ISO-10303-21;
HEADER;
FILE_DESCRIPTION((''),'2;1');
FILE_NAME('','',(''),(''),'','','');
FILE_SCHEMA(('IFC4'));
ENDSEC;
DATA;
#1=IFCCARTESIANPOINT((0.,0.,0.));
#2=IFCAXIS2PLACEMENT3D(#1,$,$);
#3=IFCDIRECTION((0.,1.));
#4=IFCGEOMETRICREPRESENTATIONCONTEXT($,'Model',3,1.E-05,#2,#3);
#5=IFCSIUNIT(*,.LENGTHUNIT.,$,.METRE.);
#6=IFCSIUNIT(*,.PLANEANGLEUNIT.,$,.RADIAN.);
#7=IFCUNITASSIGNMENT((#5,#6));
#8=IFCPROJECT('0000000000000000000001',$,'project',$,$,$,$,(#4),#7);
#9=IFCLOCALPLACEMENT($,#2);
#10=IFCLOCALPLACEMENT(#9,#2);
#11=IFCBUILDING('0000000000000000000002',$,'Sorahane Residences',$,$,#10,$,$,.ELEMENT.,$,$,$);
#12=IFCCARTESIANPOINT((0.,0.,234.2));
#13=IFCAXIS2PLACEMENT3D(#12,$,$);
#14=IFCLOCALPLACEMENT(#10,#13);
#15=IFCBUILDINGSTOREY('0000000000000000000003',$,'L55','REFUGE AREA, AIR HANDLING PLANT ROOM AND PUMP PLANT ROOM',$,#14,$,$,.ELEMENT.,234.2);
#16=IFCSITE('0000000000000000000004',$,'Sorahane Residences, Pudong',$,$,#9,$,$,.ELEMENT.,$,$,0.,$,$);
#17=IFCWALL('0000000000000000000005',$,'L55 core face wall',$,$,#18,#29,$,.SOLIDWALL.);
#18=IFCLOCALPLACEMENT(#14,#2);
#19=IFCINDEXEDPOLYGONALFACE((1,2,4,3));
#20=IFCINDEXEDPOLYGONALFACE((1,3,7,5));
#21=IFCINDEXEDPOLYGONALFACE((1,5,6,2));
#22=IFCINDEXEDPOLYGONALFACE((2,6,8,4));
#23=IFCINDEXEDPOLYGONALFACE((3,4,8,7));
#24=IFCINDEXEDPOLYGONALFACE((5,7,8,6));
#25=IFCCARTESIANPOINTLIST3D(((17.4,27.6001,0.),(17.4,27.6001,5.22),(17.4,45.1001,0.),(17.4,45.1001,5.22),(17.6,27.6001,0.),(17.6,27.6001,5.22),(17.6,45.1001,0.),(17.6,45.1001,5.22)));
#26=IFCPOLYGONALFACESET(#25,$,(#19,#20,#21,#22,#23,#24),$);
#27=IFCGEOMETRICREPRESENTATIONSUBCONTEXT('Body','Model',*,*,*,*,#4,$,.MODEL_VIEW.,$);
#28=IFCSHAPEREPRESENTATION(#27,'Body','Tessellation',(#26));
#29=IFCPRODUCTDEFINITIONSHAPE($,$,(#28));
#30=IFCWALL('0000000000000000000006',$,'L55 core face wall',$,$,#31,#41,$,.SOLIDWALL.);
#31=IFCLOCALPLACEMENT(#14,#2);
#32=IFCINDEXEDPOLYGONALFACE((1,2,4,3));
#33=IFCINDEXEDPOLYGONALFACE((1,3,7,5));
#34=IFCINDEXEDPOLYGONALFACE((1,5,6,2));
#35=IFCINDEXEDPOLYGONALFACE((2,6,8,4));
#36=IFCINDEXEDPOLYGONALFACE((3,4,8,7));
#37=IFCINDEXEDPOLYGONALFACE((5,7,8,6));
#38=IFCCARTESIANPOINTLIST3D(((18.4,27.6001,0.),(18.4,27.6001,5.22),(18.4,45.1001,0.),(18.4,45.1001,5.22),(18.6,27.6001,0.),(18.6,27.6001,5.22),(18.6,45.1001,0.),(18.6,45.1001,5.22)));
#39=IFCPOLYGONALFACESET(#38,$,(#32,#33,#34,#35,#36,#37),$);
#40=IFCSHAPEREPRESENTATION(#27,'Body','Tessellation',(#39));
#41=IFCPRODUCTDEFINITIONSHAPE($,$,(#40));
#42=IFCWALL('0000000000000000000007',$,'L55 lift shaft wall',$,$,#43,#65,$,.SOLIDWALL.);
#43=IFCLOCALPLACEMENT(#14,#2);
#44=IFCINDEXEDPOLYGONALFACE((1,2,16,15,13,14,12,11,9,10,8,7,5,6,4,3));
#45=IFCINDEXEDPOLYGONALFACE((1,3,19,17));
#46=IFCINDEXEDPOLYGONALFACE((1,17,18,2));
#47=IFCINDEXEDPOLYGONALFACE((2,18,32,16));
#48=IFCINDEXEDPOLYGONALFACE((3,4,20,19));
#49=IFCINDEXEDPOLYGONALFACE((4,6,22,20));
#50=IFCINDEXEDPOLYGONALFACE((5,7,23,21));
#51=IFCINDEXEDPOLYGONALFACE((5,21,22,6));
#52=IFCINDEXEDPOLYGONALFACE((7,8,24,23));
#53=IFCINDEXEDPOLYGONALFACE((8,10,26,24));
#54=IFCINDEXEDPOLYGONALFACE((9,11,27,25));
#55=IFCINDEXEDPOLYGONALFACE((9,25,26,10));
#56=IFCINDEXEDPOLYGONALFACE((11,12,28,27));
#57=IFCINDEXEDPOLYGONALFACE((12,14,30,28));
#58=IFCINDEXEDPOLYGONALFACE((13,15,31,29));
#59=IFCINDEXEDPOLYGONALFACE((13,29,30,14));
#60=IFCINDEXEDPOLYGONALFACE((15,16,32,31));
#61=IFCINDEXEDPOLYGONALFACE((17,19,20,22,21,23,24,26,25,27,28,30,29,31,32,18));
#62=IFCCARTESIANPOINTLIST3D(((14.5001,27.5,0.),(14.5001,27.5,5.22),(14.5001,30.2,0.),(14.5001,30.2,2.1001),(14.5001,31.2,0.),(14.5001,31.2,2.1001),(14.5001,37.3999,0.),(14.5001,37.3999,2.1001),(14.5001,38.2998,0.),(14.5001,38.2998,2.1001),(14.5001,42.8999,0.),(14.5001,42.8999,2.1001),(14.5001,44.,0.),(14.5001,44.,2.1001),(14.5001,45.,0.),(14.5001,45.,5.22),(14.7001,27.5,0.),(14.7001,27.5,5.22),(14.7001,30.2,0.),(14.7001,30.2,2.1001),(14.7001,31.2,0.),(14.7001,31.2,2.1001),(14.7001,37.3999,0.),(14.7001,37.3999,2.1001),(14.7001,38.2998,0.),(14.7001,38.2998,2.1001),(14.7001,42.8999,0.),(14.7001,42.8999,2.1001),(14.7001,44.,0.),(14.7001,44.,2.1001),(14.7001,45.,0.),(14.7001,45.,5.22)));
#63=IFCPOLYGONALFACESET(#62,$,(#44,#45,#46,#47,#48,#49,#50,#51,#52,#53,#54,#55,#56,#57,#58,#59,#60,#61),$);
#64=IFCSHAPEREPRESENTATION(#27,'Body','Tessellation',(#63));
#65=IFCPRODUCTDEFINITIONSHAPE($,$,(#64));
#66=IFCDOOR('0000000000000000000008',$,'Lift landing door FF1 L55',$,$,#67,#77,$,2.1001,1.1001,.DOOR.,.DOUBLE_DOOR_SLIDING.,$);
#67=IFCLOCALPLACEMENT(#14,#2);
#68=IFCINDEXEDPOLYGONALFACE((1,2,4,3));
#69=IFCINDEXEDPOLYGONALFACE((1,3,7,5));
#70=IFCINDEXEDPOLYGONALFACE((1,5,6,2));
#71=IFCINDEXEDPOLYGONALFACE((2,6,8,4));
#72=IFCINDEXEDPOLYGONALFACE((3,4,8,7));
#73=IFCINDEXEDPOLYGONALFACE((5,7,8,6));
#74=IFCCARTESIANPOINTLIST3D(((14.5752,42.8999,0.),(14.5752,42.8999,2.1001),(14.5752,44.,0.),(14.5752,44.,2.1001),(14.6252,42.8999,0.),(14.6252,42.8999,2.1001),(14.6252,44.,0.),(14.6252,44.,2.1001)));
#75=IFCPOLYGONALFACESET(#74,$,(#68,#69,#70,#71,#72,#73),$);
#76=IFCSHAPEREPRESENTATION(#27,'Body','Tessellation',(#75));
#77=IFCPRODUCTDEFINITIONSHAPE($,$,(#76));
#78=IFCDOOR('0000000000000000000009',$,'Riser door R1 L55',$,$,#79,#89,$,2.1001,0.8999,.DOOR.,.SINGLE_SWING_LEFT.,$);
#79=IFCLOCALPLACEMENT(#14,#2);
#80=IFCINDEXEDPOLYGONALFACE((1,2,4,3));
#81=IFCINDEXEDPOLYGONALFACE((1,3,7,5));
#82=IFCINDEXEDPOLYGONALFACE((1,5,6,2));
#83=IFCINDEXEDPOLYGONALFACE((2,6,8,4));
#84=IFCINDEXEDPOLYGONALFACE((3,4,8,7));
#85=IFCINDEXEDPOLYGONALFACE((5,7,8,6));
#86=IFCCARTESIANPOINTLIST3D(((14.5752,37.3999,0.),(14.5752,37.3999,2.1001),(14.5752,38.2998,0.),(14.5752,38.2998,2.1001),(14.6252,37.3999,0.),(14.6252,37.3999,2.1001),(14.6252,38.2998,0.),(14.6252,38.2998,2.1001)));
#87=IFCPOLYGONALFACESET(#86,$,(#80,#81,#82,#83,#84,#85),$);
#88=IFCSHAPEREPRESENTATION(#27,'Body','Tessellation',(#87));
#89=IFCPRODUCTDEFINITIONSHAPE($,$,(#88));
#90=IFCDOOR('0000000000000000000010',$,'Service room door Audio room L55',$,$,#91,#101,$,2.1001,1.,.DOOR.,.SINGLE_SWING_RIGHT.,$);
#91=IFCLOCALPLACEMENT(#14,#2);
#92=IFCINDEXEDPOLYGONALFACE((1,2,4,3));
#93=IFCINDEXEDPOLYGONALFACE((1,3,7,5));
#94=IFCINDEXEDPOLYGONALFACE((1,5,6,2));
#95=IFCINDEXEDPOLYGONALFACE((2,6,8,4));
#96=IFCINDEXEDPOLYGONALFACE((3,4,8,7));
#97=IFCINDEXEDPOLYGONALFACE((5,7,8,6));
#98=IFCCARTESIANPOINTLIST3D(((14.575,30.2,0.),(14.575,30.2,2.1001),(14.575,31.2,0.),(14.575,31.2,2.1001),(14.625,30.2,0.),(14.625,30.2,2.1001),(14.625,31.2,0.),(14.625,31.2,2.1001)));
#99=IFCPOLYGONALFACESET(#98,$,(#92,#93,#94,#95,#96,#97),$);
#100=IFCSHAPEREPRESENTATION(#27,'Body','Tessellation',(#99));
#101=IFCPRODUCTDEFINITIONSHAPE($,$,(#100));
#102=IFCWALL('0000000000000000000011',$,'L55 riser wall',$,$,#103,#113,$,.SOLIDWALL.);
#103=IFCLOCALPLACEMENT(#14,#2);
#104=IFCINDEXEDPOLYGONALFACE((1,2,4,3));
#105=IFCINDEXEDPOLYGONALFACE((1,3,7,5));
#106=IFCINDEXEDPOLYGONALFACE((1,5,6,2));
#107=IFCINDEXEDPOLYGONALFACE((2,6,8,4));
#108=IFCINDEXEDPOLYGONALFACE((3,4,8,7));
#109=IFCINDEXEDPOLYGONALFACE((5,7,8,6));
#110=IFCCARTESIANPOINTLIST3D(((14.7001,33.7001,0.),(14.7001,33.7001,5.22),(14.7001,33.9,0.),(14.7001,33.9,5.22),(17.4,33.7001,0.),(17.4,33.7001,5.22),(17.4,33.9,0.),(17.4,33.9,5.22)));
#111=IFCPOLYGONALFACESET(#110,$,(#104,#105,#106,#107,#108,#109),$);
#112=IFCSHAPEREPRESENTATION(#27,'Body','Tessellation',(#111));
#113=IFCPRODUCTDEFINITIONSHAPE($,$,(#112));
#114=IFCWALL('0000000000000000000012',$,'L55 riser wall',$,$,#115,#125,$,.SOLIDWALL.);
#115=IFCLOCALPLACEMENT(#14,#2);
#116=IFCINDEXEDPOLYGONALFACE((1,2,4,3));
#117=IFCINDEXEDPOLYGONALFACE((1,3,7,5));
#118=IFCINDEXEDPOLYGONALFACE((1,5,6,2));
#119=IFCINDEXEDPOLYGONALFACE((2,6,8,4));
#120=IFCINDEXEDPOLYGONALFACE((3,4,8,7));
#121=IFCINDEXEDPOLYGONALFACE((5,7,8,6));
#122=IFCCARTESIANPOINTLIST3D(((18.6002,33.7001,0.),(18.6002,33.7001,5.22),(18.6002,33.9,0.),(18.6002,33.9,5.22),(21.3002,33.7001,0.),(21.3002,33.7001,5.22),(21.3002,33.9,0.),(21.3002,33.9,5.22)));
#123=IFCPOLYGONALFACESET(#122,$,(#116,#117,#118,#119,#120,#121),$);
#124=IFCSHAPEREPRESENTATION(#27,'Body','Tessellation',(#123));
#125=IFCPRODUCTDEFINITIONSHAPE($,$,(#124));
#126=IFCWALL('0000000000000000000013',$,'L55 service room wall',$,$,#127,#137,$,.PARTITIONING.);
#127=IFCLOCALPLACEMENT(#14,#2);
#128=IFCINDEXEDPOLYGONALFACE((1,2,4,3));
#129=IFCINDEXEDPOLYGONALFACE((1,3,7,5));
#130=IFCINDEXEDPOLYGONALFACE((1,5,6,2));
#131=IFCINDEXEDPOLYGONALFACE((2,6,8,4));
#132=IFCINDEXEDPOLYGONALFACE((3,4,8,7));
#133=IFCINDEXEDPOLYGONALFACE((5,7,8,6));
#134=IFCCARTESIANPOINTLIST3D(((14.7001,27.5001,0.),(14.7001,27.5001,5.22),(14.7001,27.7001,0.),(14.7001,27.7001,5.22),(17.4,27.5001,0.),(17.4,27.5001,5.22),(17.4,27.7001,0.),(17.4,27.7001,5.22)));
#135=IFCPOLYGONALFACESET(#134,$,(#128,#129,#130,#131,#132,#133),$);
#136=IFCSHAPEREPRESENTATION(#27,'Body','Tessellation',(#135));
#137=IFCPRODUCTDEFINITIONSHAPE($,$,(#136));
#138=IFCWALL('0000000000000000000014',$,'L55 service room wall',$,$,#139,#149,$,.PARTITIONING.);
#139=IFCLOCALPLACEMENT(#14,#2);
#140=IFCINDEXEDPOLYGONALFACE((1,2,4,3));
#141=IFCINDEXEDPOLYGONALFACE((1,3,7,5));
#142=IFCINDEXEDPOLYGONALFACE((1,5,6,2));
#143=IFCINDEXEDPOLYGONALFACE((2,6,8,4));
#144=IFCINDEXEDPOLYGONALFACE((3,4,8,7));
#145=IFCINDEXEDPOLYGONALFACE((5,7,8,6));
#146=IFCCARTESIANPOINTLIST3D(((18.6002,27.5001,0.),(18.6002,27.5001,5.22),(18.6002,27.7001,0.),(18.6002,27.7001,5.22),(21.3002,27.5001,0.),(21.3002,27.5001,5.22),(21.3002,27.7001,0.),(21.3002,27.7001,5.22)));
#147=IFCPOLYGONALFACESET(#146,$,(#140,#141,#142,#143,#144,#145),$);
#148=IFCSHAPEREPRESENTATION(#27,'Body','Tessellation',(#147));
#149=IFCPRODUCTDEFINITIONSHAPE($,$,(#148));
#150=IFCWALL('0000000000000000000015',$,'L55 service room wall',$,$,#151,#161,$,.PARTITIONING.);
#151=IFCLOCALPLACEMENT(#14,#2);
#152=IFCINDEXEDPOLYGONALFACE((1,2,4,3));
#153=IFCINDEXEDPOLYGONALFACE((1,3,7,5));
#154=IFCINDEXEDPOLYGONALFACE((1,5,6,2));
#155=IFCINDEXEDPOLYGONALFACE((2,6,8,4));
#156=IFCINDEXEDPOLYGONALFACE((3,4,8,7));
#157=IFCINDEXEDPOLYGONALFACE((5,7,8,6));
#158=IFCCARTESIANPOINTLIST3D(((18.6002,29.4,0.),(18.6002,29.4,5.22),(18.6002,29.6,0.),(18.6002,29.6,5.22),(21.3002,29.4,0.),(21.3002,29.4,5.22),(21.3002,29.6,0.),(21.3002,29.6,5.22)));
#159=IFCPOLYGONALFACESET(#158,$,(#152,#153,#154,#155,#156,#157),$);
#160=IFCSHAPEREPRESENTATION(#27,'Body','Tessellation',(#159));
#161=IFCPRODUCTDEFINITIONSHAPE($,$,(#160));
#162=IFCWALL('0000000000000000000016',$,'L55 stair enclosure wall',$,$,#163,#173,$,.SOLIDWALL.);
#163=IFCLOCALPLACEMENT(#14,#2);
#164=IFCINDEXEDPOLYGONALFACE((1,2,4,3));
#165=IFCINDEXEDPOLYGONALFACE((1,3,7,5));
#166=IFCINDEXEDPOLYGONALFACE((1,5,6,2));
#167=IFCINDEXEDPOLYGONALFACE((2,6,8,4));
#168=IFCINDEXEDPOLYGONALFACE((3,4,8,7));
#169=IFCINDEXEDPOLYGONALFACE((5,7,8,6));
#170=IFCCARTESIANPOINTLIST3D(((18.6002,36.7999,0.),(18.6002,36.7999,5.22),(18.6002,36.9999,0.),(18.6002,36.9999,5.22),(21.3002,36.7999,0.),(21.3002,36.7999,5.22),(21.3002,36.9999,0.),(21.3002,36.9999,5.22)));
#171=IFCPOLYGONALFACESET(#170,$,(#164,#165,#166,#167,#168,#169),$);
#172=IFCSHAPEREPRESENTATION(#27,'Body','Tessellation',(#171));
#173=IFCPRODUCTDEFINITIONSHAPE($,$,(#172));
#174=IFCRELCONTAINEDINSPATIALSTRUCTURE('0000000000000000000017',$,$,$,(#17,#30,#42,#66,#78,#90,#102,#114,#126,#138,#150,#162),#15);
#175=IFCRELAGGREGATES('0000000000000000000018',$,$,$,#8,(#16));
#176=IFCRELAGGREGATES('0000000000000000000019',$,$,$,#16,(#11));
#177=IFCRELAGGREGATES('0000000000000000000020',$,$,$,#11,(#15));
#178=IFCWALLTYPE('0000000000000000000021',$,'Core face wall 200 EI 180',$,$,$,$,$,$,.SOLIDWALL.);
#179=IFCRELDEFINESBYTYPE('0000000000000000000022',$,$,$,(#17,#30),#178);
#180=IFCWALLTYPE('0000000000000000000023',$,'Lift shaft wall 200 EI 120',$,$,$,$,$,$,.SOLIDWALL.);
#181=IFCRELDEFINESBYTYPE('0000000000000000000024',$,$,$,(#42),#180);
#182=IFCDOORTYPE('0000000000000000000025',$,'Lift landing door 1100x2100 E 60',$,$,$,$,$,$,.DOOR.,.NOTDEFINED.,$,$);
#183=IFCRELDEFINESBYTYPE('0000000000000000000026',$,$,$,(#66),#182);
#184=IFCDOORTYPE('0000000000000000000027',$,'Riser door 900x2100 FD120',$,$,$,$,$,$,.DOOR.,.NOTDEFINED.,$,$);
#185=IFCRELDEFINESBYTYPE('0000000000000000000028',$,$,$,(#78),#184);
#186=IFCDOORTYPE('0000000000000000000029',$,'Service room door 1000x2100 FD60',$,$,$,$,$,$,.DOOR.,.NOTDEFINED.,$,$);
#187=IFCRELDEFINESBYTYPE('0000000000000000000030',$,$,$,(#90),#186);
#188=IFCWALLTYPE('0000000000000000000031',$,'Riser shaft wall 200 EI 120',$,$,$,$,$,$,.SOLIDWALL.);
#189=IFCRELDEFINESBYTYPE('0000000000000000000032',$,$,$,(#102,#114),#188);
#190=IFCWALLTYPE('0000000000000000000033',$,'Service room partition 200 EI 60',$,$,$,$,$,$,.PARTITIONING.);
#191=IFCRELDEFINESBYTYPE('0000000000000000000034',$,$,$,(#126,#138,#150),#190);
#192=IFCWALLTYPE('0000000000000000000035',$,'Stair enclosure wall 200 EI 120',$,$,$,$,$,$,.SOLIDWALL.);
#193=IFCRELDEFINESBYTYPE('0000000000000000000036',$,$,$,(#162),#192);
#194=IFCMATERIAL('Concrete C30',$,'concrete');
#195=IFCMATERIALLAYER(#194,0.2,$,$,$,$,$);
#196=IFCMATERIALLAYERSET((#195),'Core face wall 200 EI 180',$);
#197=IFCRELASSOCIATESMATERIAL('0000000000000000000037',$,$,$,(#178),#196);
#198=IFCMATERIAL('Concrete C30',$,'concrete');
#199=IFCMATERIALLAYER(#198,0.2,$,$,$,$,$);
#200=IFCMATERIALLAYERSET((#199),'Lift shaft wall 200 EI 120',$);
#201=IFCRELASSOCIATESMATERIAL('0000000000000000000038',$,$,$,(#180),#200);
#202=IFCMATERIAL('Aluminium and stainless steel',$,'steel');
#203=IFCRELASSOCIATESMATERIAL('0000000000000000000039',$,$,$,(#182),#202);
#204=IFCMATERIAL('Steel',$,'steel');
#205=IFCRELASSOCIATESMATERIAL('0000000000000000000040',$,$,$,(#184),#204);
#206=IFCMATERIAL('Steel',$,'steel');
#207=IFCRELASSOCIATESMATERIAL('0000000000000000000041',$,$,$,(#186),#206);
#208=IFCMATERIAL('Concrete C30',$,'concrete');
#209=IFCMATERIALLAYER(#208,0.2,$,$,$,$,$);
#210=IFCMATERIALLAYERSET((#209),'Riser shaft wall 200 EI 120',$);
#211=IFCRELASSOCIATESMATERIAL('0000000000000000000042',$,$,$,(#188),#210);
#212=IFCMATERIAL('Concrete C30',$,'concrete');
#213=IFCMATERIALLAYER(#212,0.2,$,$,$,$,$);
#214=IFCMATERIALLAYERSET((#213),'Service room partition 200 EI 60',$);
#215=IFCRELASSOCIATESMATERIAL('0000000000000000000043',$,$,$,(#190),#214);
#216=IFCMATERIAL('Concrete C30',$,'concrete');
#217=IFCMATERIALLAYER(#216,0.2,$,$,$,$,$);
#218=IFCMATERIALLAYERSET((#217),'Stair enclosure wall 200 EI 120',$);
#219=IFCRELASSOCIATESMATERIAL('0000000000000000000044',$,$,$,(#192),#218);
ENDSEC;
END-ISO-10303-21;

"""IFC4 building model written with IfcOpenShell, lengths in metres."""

from ifc_helpers import new_model, si_unit, direction, frame, frame_2d, origin, place, context, subcontext, project, spatial, rectangle, extrude, material, layer, layer_set, type_object, element, fill, save


model = new_model("IFC4")

# Units and contexts
model_context = context("Model", 3, precision=1e-05, world=origin(), true_north=direction((0.0, 1.0)))
body_context = subcontext(model_context, "Body", "Model", "MODEL_VIEW")
ifc_project = project(units=[si_unit("LENGTHUNIT", "METRE"), si_unit("PLANEANGLEUNIT", "RADIAN")], contexts=[model_context])

# Site, building, storey
site_placement = place(None, origin())
site = spatial("IfcSite", under=ifc_project, at=site_placement, Name="Sorahane Residences, Pudong", CompositionType="ELEMENT", RefElevation=0.0)
building_placement = place(site_placement, origin())
building = spatial("IfcBuilding", under=site, at=building_placement, Name="Sorahane Residences", CompositionType="ELEMENT")
storey_placement = place(building_placement, frame((0.0, 0.0, 234.2)))
storey = spatial("IfcBuildingStorey", under=building, at=storey_placement, Name="L55", Description="REFUGE AREA, AIR HANDLING PLANT ROOM AND PUMP PLANT ROOM", CompositionType="ELEMENT", Elevation=234.2)

# Walls
ifc_material_1 = material(Name="Concrete C30", Category="concrete")
ifc_layer_1 = layer(ifc_material_1, 0.2)
ifc_layer_set_1 = layer_set([ifc_layer_1], Name="Core face wall 200 EI 180")
wall_type_1 = type_object("IfcWallType", Name="Core face wall 200 EI 180", PredefinedType="SOLIDWALL", material=ifc_layer_set_1)
for number, where, z_axis, x_axis, name in (
    (1, (17.5, 27.6001, 0.0), (0.0, 0.0, 1.0), (0.0, 1.0, 0.0), "L55 core face wall"),
    (2, (18.5, 27.6001, 0.0), (0.0, 0.0, 1.0), (0.0, 1.0, 0.0), "L55 core face wall"),
):
    element("IfcWall", number, at=place(storey_placement, frame(where, z_axis=z_axis, x_axis=x_axis)), inside=storey, type_object=wall_type_1, Name=name, PredefinedType="SOLIDWALL", context=body_context, shape_type="SweptSolid", body=[
        extrude(rectangle(XDim=17.5, YDim=0.2, at=frame_2d((8.75, 0.0))), origin(), (0.0, 0.0, 1.0), 5.22),
    ])

# Wall, openings, doors
ifc_material_2 = material(Name="Concrete C30", Category="concrete")
ifc_layer_2 = layer(ifc_material_2, 0.2)
ifc_layer_set_2 = layer_set([ifc_layer_2], Name="Lift shaft wall 200 EI 120")
wall_type_2 = type_object("IfcWallType", Name="Lift shaft wall 200 EI 120", PredefinedType="SOLIDWALL", material=ifc_layer_set_2)
wall_1_placement = place(storey_placement, frame((14.6001, 27.5, 0.0), z_axis=(0.0, 0.0, 1.0), x_axis=(0.0, 1.0, 0.0)))
wall_1 = element("IfcWall", 3, at=wall_1_placement, inside=storey, type_object=wall_type_2, Name="L55 lift shaft wall", PredefinedType="SOLIDWALL", context=body_context, shape_type="SweptSolid", body=[
    extrude(rectangle(XDim=17.5, YDim=0.2, at=frame_2d((8.75, 0.0))), origin(), (0.0, 0.0, 1.0), 5.22),
])
opening_1_placement = place(wall_1_placement, frame((15.3999, 0.0, 0.0)))
opening_1 = element("IfcOpeningElement", 4, at=opening_1_placement, cuts=wall_1, PredefinedType="OPENING", context=body_context, shape_type="SweptSolid", body=[
    extrude(rectangle(XDim=1.1001, YDim=2.1001, at=frame_2d((0.55, 1.05))), frame((0.0, 0.1099, 0.0), z_axis=(0.0, -1.0, 0.0), x_axis=(1.0, 0.0, 0.0)), (0.0, 0.0, 1.0), 0.22),
])
opening_2_placement = place(wall_1_placement, frame((2.7, 0.0, 0.0)))
opening_2 = element("IfcOpeningElement", 5, at=opening_2_placement, cuts=wall_1, PredefinedType="OPENING", context=body_context, shape_type="SweptSolid", body=[
    extrude(rectangle(XDim=1.0, YDim=2.1001, at=frame_2d((0.5, 1.05))), frame((0.0, 0.1099, 0.0), z_axis=(0.0, -1.0, 0.0), x_axis=(1.0, 0.0, 0.0)), (0.0, 0.0, 1.0), 0.22),
])
opening_3_placement = place(wall_1_placement, frame((9.8999, 0.0, 0.0)))
opening_3 = element("IfcOpeningElement", 6, at=opening_3_placement, cuts=wall_1, PredefinedType="OPENING", context=body_context, shape_type="SweptSolid", body=[
    extrude(rectangle(XDim=0.8999, YDim=2.1001, at=frame_2d((0.45, 1.05))), frame((0.0, 0.1099, 0.0), z_axis=(0.0, -1.0, 0.0), x_axis=(1.0, 0.0, 0.0)), (0.0, 0.0, 1.0), 0.22),
])
ifc_material_3 = material(Name="Aluminium and stainless steel", Category="steel")
door_type_1 = type_object("IfcDoorType", Name="Lift landing door 1100x2100 E 60", OperationType="NOTDEFINED", PredefinedType="DOOR", material=ifc_material_3)
door_1_placement = place(opening_1_placement, origin())
door_1 = element("IfcDoor", 7, at=door_1_placement, inside=storey, type_object=door_type_1, Name="Lift landing door FF1 L55", OperationType="DOUBLE_DOOR_SLIDING", OverallHeight=2.1001, OverallWidth=1.1001, PredefinedType="DOOR", context=body_context, shape_type="SweptSolid", body=[
    extrude(rectangle(XDim=1.1001, YDim=2.1001, at=frame_2d((0.55, 1.05))), frame((0.0, 0.0249, 0.0), z_axis=(0.0, -1.0, 0.0), x_axis=(1.0, 0.0, 0.0)), (0.0, 0.0, 1.0), 0.05),
])
fill(opening_1, door_1)
ifc_material_4 = material(Name="Steel", Category="steel")
door_type_2 = type_object("IfcDoorType", Name="Riser door 900x2100 FD120", OperationType="NOTDEFINED", PredefinedType="DOOR", material=ifc_material_4)
door_2_placement = place(opening_3_placement, origin())
door_2 = element("IfcDoor", 8, at=door_2_placement, inside=storey, type_object=door_type_2, Name="Riser door R1 L55", OperationType="SINGLE_SWING_LEFT", OverallHeight=2.1001, OverallWidth=0.8999, PredefinedType="DOOR", context=body_context, shape_type="SweptSolid", body=[
    extrude(rectangle(XDim=0.8999, YDim=2.1001, at=frame_2d((0.45, 1.05))), frame((0.0, 0.0249, 0.0), z_axis=(0.0, -1.0, 0.0), x_axis=(1.0, 0.0, 0.0)), (0.0, 0.0, 1.0), 0.05),
])
fill(opening_3, door_2)
ifc_material_5 = material(Name="Steel", Category="steel")
door_type_3 = type_object("IfcDoorType", Name="Service room door 1000x2100 FD60", OperationType="NOTDEFINED", PredefinedType="DOOR", material=ifc_material_5)
door_3_placement = place(opening_2_placement, frame((1.0, 0.0, 0.0), z_axis=(0.0, 0.0, 1.0), x_axis=(-1.0, 0.0, 0.0)))
door_3 = element("IfcDoor", 9, at=door_3_placement, inside=storey, type_object=door_type_3, Name="Service room door Audio room L55", OperationType="SINGLE_SWING_RIGHT", OverallHeight=2.1001, OverallWidth=1.0, PredefinedType="DOOR", context=body_context, shape_type="SweptSolid", body=[
    extrude(rectangle(XDim=1.0, YDim=2.1001, at=frame_2d((0.5, 1.05))), frame((0.0, 0.0249, 0.0), z_axis=(0.0, -1.0, 0.0), x_axis=(1.0, 0.0, 0.0)), (0.0, 0.0, 1.0), 0.05),
])
fill(opening_2, door_3)

# Walls
ifc_material_6 = material(Name="Concrete C30", Category="concrete")
ifc_layer_3 = layer(ifc_material_6, 0.2)
ifc_layer_set_3 = layer_set([ifc_layer_3], Name="Riser shaft wall 200 EI 120")
wall_type_3 = type_object("IfcWallType", Name="Riser shaft wall 200 EI 120", PredefinedType="SOLIDWALL", material=ifc_layer_set_3)
for number, where, z_axis, x_axis, name in (
    (10, (14.7, 33.8, 0.0), (0.0, 0.0, 1.0), (1.0, 0.0, 0.0), "L55 riser wall"),
    (11, (18.6001, 33.8, 0.0), (0.0, 0.0, 1.0), (1.0, 0.0, 0.0), "L55 riser wall"),
):
    element("IfcWall", number, at=place(storey_placement, frame(where, z_axis=z_axis, x_axis=x_axis)), inside=storey, type_object=wall_type_3, Name=name, PredefinedType="SOLIDWALL", context=body_context, shape_type="SweptSolid", body=[
        extrude(rectangle(XDim=2.7, YDim=0.2, at=frame_2d((1.3501, 0.0))), origin(), (0.0, 0.0, 1.0), 5.22),
    ])
ifc_material_7 = material(Name="Concrete C30", Category="concrete")
ifc_layer_4 = layer(ifc_material_7, 0.2)
ifc_layer_set_4 = layer_set([ifc_layer_4], Name="Service room partition 200 EI 60")
wall_type_4 = type_object("IfcWallType", Name="Service room partition 200 EI 60", PredefinedType="PARTITIONING", material=ifc_layer_set_4)
for number, where, z_axis, x_axis, name in (
    (12, (14.7, 27.6001, 0.0), (0.0, 0.0, 1.0), (1.0, 0.0, 0.0), "L55 service room wall"),
    (13, (18.6001, 27.6001, 0.0), (0.0, 0.0, 1.0), (1.0, 0.0, 0.0), "L55 service room wall"),
    (14, (18.6001, 29.5, 0.0), (0.0, 0.0, 1.0), (1.0, 0.0, 0.0), "L55 service room wall"),
):
    element("IfcWall", number, at=place(storey_placement, frame(where, z_axis=z_axis, x_axis=x_axis)), inside=storey, type_object=wall_type_4, Name=name, PredefinedType="PARTITIONING", context=body_context, shape_type="SweptSolid", body=[
        extrude(rectangle(XDim=2.7, YDim=0.2, at=frame_2d((1.3501, 0.0))), origin(), (0.0, 0.0, 1.0), 5.22),
    ])
ifc_material_8 = material(Name="Concrete C30", Category="concrete")
ifc_layer_5 = layer(ifc_material_8, 0.2)
ifc_layer_set_5 = layer_set([ifc_layer_5], Name="Stair enclosure wall 200 EI 120")
wall_type_5 = type_object("IfcWallType", Name="Stair enclosure wall 200 EI 120", PredefinedType="SOLIDWALL", material=ifc_layer_set_5)
wall_2_placement = place(storey_placement, frame((18.6001, 36.8999, 0.0), z_axis=(0.0, 0.0, 1.0), x_axis=(1.0, 0.0, 0.0)))
element("IfcWall", 15, at=wall_2_placement, inside=storey, type_object=wall_type_5, Name="L55 stair enclosure wall", PredefinedType="SOLIDWALL", context=body_context, shape_type="SweptSolid", body=[
    extrude(rectangle(XDim=2.7, YDim=0.2, at=frame_2d((1.3501, 0.0))), origin(), (0.0, 0.0, 1.0), 5.22),
])

save(model, "model.ifc")
